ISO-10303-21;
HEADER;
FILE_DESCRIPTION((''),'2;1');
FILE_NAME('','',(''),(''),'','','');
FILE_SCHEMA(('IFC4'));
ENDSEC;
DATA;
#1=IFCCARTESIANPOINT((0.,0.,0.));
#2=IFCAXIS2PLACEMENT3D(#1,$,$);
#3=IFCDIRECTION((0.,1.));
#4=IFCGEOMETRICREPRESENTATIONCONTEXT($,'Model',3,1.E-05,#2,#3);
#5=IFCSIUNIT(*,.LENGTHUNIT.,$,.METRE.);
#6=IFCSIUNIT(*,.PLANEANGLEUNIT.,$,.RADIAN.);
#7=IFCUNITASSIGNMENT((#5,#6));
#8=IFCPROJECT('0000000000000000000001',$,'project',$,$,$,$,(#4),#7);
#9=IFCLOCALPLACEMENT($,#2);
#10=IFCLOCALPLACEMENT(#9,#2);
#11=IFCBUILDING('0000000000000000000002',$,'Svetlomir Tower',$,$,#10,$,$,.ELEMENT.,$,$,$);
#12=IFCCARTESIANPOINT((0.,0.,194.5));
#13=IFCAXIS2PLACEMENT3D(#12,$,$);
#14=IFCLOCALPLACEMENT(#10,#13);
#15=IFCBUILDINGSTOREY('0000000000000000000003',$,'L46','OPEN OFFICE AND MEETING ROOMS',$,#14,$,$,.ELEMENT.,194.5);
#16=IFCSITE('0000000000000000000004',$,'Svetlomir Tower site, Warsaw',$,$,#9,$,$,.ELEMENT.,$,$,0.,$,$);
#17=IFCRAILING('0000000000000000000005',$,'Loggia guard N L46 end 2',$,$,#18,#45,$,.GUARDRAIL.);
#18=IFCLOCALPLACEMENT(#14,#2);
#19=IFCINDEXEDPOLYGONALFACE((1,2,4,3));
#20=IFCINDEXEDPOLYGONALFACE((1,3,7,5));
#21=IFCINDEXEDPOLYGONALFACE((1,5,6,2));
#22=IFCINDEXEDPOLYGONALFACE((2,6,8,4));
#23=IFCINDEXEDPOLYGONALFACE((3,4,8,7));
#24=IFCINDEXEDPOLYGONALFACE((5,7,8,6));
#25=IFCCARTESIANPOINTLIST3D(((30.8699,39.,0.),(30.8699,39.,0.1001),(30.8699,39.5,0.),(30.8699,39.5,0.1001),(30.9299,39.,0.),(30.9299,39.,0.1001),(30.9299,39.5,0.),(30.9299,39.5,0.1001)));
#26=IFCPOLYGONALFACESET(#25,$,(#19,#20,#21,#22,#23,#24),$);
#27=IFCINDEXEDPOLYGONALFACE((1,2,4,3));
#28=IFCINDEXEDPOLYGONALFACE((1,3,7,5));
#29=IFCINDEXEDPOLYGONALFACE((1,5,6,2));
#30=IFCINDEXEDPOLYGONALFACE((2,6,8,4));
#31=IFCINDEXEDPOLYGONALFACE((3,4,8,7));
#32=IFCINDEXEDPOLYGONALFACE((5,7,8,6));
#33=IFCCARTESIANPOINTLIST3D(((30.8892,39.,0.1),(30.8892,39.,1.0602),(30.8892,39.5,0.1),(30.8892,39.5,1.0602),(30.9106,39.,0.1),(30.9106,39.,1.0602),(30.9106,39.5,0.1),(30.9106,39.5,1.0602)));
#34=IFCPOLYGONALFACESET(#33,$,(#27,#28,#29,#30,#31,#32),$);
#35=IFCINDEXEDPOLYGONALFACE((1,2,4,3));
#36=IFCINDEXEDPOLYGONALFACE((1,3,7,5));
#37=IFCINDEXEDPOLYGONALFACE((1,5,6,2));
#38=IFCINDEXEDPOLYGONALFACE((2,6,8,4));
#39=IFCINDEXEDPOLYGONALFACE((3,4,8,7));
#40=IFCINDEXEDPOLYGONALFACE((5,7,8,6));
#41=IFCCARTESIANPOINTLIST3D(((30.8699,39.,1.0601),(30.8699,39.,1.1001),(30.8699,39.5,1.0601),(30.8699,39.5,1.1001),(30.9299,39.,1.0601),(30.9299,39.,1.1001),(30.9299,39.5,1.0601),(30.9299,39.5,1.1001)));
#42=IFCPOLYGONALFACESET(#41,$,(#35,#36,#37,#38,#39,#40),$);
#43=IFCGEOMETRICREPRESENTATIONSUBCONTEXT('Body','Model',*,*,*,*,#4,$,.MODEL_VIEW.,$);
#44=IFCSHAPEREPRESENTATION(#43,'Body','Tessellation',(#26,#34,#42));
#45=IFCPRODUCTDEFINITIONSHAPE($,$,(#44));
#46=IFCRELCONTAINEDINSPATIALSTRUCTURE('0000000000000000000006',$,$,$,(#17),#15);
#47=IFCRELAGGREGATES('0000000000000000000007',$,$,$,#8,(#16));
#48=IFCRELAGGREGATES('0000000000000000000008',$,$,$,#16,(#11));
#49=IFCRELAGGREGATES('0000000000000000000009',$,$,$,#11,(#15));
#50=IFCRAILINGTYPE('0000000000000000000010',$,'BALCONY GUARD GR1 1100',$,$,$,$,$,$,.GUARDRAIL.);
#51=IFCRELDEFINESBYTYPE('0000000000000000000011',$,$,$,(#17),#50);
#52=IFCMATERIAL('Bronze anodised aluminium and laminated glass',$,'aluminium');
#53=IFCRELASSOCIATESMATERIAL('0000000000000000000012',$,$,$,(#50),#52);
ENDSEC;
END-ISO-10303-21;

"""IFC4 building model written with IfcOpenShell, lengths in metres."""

from ifc_helpers import new_model, si_unit, direction, frame, origin, origin_2d, place, context, subcontext, project, spatial, rectangle, extrude, material, type_object, element, save


model = new_model("IFC4")

# Units and contexts
model_context = context("Model", 3, precision=1e-05, world=origin(), true_north=direction((0.0, 1.0)))
body_context = subcontext(model_context, "Body", "Model", "MODEL_VIEW")
ifc_project = project(units=[si_unit("LENGTHUNIT", "METRE"), si_unit("PLANEANGLEUNIT", "RADIAN")], contexts=[model_context])

# Site, building, storey
site_placement = place(None, origin())
site = spatial("IfcSite", under=ifc_project, at=site_placement, Name="Svetlomir Tower site, Warsaw", CompositionType="ELEMENT", RefElevation=0.0)
building_placement = place(site_placement, origin())
building = spatial("IfcBuilding", under=site, at=building_placement, Name="Svetlomir Tower", CompositionType="ELEMENT")
storey_placement = place(building_placement, frame((0.0, 0.0, 194.5)))
storey = spatial("IfcBuildingStorey", under=building, at=storey_placement, Name="L46", Description="OPEN OFFICE AND MEETING ROOMS", CompositionType="ELEMENT", Elevation=194.5)

# Railing
ifc_material_1 = material(Name="Bronze anodised aluminium and laminated glass", Category="aluminium")
railing_type = type_object("IfcRailingType", Name="BALCONY GUARD GR1 1100", PredefinedType="GUARDRAIL", material=ifc_material_1)
railing_1_placement = place(storey_placement, frame((30.8999, 39.5, 0.0)))
element("IfcRailing", 1, at=railing_1_placement, inside=storey, type_object=railing_type, Name="Loggia guard N L46 end 2", PredefinedType="GUARDRAIL", context=body_context, shape_type="SweptSolid", body=[
    extrude(rectangle(XDim=0.0601, YDim=0.1001, at=origin_2d()), frame((0.0, 0.0, 0.05), z_axis=(0.0, -1.0, 0.0), x_axis=(1.0, 0.0, 0.0)), (0.0, 0.0, 1.0), 0.5),
    extrude(rectangle(XDim=0.0215, YDim=0.9602, at=origin_2d()), frame((0.0, 0.0, 0.5801), z_axis=(0.0, -1.0, 0.0), x_axis=(1.0, 0.0, 0.0)), (0.0, 0.0, 1.0), 0.5),
    extrude(rectangle(XDim=0.0601, YDim=0.04, at=origin_2d()), frame((0.0, 0.0, 1.0801), z_axis=(0.0, -1.0, 0.0), x_axis=(1.0, 0.0, 0.0)), (0.0, 0.0, 1.0), 0.5),
])

save(model, "model.ifc")
